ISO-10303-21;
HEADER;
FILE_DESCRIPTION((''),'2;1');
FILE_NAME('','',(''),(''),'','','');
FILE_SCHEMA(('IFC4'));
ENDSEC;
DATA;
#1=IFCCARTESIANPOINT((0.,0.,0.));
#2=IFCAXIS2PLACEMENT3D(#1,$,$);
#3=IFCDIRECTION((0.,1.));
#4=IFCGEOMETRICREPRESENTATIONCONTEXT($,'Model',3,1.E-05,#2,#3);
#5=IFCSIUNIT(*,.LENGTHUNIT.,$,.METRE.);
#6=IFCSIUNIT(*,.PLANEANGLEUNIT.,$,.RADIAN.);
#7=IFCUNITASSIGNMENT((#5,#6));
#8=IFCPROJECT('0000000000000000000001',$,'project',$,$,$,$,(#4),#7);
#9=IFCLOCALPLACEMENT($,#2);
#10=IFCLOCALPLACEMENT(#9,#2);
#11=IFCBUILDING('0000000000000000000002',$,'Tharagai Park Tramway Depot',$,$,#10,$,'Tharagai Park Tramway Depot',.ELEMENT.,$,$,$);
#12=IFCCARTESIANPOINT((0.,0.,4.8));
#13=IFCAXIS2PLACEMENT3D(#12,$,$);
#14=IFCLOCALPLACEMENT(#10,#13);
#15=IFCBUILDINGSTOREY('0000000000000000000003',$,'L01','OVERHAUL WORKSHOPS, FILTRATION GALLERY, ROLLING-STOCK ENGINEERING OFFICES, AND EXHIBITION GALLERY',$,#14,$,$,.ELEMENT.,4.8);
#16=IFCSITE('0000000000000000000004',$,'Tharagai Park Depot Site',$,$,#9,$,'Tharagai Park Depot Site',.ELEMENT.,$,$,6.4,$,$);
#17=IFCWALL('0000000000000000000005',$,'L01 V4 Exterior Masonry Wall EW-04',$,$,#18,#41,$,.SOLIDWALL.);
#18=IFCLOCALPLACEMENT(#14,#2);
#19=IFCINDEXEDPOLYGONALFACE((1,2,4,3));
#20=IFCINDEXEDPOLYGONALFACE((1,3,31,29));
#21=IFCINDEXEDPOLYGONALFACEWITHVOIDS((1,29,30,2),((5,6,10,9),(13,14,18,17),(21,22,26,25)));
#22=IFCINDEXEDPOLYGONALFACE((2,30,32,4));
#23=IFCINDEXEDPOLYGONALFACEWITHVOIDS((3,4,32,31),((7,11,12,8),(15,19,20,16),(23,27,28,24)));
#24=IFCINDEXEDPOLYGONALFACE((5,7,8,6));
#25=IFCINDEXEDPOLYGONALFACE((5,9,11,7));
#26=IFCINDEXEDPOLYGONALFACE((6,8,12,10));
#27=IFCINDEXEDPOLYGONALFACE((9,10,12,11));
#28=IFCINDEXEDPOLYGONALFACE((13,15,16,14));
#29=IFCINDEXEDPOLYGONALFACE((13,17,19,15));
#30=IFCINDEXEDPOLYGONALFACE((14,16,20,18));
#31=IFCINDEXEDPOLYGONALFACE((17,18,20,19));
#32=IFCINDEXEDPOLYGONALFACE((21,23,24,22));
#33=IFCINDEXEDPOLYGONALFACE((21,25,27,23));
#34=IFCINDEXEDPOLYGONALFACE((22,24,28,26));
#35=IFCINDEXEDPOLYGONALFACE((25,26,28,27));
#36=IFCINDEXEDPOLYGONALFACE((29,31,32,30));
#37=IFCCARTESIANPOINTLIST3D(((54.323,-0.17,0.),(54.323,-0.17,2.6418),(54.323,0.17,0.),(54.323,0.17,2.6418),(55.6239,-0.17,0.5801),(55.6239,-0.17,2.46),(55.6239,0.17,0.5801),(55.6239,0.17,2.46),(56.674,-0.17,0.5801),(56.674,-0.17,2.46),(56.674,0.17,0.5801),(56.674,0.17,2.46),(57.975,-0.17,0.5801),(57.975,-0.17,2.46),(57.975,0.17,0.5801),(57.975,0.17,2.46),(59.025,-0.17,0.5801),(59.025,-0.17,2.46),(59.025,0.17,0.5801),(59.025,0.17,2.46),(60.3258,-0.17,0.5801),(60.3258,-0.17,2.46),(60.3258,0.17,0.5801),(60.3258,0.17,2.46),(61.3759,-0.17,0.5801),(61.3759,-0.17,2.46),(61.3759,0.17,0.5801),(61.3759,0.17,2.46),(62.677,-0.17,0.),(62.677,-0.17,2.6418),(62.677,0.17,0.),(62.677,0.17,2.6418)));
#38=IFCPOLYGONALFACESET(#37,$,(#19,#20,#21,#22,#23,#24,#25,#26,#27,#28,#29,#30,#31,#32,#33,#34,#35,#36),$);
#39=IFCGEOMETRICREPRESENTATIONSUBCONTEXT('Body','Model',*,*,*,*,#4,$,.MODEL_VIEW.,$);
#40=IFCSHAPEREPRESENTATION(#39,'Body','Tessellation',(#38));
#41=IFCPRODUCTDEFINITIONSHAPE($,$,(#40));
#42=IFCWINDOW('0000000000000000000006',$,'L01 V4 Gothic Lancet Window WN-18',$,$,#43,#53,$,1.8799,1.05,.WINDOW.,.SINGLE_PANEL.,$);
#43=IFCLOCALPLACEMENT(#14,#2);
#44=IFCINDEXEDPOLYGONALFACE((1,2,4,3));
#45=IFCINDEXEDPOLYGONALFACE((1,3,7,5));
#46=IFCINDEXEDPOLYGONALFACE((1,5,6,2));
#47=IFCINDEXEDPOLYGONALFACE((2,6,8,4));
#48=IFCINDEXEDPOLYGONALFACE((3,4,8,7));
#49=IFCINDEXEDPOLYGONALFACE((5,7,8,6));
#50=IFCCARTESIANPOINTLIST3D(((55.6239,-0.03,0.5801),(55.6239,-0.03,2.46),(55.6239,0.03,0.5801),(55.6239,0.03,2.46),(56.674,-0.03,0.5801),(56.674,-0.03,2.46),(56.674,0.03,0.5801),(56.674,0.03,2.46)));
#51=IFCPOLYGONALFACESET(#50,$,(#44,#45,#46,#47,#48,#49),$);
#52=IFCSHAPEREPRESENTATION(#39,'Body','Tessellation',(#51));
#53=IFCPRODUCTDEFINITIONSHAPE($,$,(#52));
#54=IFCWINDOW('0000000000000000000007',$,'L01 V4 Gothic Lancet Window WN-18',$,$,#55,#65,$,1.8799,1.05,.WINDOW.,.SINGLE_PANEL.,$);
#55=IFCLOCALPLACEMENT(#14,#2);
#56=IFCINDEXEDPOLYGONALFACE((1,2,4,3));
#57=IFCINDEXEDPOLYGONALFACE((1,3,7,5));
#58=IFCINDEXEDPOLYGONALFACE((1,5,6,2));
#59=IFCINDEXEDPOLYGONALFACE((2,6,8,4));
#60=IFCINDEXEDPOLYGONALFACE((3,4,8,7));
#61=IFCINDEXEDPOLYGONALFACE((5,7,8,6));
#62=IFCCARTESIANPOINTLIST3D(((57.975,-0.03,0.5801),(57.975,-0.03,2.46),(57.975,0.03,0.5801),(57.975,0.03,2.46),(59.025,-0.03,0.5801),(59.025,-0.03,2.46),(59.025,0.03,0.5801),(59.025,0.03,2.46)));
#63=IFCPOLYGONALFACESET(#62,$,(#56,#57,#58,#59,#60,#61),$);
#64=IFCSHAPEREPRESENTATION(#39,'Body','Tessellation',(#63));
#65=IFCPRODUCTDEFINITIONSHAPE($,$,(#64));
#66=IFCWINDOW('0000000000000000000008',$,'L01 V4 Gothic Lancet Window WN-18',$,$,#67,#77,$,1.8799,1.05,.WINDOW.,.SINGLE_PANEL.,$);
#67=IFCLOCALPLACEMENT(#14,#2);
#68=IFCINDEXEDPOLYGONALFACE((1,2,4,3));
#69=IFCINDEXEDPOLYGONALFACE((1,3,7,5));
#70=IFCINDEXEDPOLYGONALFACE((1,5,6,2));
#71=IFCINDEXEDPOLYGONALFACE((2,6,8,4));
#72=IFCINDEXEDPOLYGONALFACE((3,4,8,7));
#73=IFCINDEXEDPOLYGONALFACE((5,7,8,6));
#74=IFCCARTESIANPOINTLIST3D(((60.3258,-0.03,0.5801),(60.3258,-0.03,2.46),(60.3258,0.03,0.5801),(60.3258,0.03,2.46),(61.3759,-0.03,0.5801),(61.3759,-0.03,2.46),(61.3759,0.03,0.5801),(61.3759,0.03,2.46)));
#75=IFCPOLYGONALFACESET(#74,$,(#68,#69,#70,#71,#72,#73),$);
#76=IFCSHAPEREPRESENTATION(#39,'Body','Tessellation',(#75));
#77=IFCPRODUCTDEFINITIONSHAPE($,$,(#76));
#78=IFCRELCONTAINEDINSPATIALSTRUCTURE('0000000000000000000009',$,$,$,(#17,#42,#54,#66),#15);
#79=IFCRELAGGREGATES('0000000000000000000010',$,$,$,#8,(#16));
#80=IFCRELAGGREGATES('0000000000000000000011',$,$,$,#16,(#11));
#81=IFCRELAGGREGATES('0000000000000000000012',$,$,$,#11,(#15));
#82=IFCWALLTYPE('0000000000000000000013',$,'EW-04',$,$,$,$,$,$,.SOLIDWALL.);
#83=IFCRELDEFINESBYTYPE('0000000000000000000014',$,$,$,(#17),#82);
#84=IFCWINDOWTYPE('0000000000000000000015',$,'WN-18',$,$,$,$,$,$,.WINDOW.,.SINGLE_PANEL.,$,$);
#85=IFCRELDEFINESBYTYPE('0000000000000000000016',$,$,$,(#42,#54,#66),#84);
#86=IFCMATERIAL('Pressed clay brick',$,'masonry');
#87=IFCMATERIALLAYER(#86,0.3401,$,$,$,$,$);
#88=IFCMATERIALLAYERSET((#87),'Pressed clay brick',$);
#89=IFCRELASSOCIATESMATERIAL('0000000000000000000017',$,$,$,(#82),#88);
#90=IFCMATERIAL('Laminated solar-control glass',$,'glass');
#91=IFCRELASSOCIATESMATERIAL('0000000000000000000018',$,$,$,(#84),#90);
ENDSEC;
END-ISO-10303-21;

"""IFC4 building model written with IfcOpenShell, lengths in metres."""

from ifc_helpers import new_model, si_unit, direction, frame, frame_2d, origin, place, context, subcontext, project, spatial, rectangle, extrude, material, layer, layer_set, type_object, element, fill, save


model = new_model("IFC4")

# Units and contexts
model_context = context("Model", 3, precision=1e-05, world=origin(), true_north=direction((0.0, 1.0)))
body_context = subcontext(model_context, "Body", "Model", "MODEL_VIEW")
ifc_project = project(units=[si_unit("LENGTHUNIT", "METRE"), si_unit("PLANEANGLEUNIT", "RADIAN")], contexts=[model_context])

# Site, building, storey
site_placement = place(None, origin())
site = spatial("IfcSite", under=ifc_project, at=site_placement, Name="Tharagai Park Depot Site", LongName="Tharagai Park Depot Site", CompositionType="ELEMENT", RefElevation=6.4)
building_placement = place(site_placement, origin())
building = spatial("IfcBuilding", under=site, at=building_placement, Name="Tharagai Park Tramway Depot", LongName="Tharagai Park Tramway Depot", CompositionType="ELEMENT")
storey_placement = place(building_placement, frame((0.0, 0.0, 4.8)))
storey = spatial("IfcBuildingStorey", under=building, at=storey_placement, Name="L01", Description="OVERHAUL WORKSHOPS, FILTRATION GALLERY, ROLLING-STOCK ENGINEERING OFFICES, AND EXHIBITION GALLERY", CompositionType="ELEMENT", Elevation=4.8)

# Shared definitions
ifc_material_1 = material(Name="Laminated solar-control glass", Category="glass")

# Wall, openings, windows
ifc_material_2 = material(Name="Pressed clay brick", Category="masonry")
ifc_layer_1 = layer(ifc_material_2, 0.3401)
ifc_layer_set_1 = layer_set([ifc_layer_1], Name="Pressed clay brick")
wall_type = type_object("IfcWallType", Name="EW-04", PredefinedType="SOLIDWALL", material=ifc_layer_set_1)
wall_placement = place(storey_placement, frame((54.323, 0.0, 0.0), z_axis=(0.0, 0.0, 1.0), x_axis=(1.0, 0.0, 0.0)))
wall = element("IfcWall", 1, at=wall_placement, inside=storey, type_object=wall_type, Name="L01 V4 Exterior Masonry Wall EW-04", PredefinedType="SOLIDWALL", context=body_context, shape_type="SweptSolid", body=[
    extrude(rectangle(XDim=8.354, YDim=0.3401, at=frame_2d((4.177, 0.0))), origin(), (0.0, 0.0, 1.0), 2.6418),
])
opening_1_placement = place(wall_placement, frame((1.301, 0.0, 0.5801)))
opening_1 = element("IfcOpeningElement", 2, at=opening_1_placement, cuts=wall, PredefinedType="OPENING", context=body_context, shape_type="SweptSolid", body=[
    extrude(rectangle(XDim=1.05, YDim=1.8799, at=frame_2d((0.5249, 0.9399))), frame((0.0, 0.1799, 0.0), z_axis=(0.0, -1.0, 0.0), x_axis=(1.0, 0.0, 0.0)), (0.0, 0.0, 1.0), 0.3601),
])
opening_2_placement = place(wall_placement, frame((3.6521, 0.0, 0.5801)))
opening_2 = element("IfcOpeningElement", 3, at=opening_2_placement, cuts=wall, PredefinedType="OPENING", context=body_context, shape_type="SweptSolid", body=[
    extrude(rectangle(XDim=1.05, YDim=1.8799, at=frame_2d((0.5249, 0.9399))), frame((0.0, 0.1799, 0.0), z_axis=(0.0, -1.0, 0.0), x_axis=(1.0, 0.0, 0.0)), (0.0, 0.0, 1.0), 0.3601),
])
opening_3_placement = place(wall_placement, frame((6.0029, 0.0, 0.5801)))
opening_3 = element("IfcOpeningElement", 4, at=opening_3_placement, cuts=wall, PredefinedType="OPENING", context=body_context, shape_type="SweptSolid", body=[
    extrude(rectangle(XDim=1.05, YDim=1.8799, at=frame_2d((0.5249, 0.9399))), frame((0.0, 0.1799, 0.0), z_axis=(0.0, -1.0, 0.0), x_axis=(1.0, 0.0, 0.0)), (0.0, 0.0, 1.0), 0.3601),
])
window_type = type_object("IfcWindowType", Name="WN-18", PartitioningType="SINGLE_PANEL", PredefinedType="WINDOW", material=ifc_material_1)
window_1_placement = place(opening_1_placement, origin())
window_1 = element("IfcWindow", 5, at=window_1_placement, inside=storey, type_object=window_type, Name="L01 V4 Gothic Lancet Window WN-18", OverallHeight=1.8799, OverallWidth=1.05, PartitioningType="SINGLE_PANEL", PredefinedType="WINDOW", context=body_context, shape_type="SweptSolid", body=[
    extrude(rectangle(XDim=1.05, YDim=1.8799, at=frame_2d((0.5249, 0.9399))), frame((0.0, 0.03, 0.0), z_axis=(0.0, -1.0, 0.0), x_axis=(1.0, 0.0, 0.0)), (0.0, 0.0, 1.0), 0.0601),
])
fill(opening_1, window_1)
window_2_placement = place(opening_2_placement, origin())
window_2 = element("IfcWindow", 6, at=window_2_placement, inside=storey, type_object=window_type, Name="L01 V4 Gothic Lancet Window WN-18", OverallHeight=1.8799, OverallWidth=1.05, PartitioningType="SINGLE_PANEL", PredefinedType="WINDOW", context=body_context, shape_type="SweptSolid", body=[
    extrude(rectangle(XDim=1.05, YDim=1.8799, at=frame_2d((0.5249, 0.9399))), frame((0.0, 0.03, 0.0), z_axis=(0.0, -1.0, 0.0), x_axis=(1.0, 0.0, 0.0)), (0.0, 0.0, 1.0), 0.0601),
])
fill(opening_2, window_2)
window_3_placement = place(opening_3_placement, origin())
window_3 = element("IfcWindow", 7, at=window_3_placement, inside=storey, type_object=window_type, Name="L01 V4 Gothic Lancet Window WN-18", OverallHeight=1.8799, OverallWidth=1.05, PartitioningType="SINGLE_PANEL", PredefinedType="WINDOW", context=body_context, shape_type="SweptSolid", body=[
    extrude(rectangle(XDim=1.05, YDim=1.8799, at=frame_2d((0.5249, 0.9399))), frame((0.0, 0.03, 0.0), z_axis=(0.0, -1.0, 0.0), x_axis=(1.0, 0.0, 0.0)), (0.0, 0.0, 1.0), 0.0601),
])
fill(opening_3, window_3)

save(model, "model.ifc")
